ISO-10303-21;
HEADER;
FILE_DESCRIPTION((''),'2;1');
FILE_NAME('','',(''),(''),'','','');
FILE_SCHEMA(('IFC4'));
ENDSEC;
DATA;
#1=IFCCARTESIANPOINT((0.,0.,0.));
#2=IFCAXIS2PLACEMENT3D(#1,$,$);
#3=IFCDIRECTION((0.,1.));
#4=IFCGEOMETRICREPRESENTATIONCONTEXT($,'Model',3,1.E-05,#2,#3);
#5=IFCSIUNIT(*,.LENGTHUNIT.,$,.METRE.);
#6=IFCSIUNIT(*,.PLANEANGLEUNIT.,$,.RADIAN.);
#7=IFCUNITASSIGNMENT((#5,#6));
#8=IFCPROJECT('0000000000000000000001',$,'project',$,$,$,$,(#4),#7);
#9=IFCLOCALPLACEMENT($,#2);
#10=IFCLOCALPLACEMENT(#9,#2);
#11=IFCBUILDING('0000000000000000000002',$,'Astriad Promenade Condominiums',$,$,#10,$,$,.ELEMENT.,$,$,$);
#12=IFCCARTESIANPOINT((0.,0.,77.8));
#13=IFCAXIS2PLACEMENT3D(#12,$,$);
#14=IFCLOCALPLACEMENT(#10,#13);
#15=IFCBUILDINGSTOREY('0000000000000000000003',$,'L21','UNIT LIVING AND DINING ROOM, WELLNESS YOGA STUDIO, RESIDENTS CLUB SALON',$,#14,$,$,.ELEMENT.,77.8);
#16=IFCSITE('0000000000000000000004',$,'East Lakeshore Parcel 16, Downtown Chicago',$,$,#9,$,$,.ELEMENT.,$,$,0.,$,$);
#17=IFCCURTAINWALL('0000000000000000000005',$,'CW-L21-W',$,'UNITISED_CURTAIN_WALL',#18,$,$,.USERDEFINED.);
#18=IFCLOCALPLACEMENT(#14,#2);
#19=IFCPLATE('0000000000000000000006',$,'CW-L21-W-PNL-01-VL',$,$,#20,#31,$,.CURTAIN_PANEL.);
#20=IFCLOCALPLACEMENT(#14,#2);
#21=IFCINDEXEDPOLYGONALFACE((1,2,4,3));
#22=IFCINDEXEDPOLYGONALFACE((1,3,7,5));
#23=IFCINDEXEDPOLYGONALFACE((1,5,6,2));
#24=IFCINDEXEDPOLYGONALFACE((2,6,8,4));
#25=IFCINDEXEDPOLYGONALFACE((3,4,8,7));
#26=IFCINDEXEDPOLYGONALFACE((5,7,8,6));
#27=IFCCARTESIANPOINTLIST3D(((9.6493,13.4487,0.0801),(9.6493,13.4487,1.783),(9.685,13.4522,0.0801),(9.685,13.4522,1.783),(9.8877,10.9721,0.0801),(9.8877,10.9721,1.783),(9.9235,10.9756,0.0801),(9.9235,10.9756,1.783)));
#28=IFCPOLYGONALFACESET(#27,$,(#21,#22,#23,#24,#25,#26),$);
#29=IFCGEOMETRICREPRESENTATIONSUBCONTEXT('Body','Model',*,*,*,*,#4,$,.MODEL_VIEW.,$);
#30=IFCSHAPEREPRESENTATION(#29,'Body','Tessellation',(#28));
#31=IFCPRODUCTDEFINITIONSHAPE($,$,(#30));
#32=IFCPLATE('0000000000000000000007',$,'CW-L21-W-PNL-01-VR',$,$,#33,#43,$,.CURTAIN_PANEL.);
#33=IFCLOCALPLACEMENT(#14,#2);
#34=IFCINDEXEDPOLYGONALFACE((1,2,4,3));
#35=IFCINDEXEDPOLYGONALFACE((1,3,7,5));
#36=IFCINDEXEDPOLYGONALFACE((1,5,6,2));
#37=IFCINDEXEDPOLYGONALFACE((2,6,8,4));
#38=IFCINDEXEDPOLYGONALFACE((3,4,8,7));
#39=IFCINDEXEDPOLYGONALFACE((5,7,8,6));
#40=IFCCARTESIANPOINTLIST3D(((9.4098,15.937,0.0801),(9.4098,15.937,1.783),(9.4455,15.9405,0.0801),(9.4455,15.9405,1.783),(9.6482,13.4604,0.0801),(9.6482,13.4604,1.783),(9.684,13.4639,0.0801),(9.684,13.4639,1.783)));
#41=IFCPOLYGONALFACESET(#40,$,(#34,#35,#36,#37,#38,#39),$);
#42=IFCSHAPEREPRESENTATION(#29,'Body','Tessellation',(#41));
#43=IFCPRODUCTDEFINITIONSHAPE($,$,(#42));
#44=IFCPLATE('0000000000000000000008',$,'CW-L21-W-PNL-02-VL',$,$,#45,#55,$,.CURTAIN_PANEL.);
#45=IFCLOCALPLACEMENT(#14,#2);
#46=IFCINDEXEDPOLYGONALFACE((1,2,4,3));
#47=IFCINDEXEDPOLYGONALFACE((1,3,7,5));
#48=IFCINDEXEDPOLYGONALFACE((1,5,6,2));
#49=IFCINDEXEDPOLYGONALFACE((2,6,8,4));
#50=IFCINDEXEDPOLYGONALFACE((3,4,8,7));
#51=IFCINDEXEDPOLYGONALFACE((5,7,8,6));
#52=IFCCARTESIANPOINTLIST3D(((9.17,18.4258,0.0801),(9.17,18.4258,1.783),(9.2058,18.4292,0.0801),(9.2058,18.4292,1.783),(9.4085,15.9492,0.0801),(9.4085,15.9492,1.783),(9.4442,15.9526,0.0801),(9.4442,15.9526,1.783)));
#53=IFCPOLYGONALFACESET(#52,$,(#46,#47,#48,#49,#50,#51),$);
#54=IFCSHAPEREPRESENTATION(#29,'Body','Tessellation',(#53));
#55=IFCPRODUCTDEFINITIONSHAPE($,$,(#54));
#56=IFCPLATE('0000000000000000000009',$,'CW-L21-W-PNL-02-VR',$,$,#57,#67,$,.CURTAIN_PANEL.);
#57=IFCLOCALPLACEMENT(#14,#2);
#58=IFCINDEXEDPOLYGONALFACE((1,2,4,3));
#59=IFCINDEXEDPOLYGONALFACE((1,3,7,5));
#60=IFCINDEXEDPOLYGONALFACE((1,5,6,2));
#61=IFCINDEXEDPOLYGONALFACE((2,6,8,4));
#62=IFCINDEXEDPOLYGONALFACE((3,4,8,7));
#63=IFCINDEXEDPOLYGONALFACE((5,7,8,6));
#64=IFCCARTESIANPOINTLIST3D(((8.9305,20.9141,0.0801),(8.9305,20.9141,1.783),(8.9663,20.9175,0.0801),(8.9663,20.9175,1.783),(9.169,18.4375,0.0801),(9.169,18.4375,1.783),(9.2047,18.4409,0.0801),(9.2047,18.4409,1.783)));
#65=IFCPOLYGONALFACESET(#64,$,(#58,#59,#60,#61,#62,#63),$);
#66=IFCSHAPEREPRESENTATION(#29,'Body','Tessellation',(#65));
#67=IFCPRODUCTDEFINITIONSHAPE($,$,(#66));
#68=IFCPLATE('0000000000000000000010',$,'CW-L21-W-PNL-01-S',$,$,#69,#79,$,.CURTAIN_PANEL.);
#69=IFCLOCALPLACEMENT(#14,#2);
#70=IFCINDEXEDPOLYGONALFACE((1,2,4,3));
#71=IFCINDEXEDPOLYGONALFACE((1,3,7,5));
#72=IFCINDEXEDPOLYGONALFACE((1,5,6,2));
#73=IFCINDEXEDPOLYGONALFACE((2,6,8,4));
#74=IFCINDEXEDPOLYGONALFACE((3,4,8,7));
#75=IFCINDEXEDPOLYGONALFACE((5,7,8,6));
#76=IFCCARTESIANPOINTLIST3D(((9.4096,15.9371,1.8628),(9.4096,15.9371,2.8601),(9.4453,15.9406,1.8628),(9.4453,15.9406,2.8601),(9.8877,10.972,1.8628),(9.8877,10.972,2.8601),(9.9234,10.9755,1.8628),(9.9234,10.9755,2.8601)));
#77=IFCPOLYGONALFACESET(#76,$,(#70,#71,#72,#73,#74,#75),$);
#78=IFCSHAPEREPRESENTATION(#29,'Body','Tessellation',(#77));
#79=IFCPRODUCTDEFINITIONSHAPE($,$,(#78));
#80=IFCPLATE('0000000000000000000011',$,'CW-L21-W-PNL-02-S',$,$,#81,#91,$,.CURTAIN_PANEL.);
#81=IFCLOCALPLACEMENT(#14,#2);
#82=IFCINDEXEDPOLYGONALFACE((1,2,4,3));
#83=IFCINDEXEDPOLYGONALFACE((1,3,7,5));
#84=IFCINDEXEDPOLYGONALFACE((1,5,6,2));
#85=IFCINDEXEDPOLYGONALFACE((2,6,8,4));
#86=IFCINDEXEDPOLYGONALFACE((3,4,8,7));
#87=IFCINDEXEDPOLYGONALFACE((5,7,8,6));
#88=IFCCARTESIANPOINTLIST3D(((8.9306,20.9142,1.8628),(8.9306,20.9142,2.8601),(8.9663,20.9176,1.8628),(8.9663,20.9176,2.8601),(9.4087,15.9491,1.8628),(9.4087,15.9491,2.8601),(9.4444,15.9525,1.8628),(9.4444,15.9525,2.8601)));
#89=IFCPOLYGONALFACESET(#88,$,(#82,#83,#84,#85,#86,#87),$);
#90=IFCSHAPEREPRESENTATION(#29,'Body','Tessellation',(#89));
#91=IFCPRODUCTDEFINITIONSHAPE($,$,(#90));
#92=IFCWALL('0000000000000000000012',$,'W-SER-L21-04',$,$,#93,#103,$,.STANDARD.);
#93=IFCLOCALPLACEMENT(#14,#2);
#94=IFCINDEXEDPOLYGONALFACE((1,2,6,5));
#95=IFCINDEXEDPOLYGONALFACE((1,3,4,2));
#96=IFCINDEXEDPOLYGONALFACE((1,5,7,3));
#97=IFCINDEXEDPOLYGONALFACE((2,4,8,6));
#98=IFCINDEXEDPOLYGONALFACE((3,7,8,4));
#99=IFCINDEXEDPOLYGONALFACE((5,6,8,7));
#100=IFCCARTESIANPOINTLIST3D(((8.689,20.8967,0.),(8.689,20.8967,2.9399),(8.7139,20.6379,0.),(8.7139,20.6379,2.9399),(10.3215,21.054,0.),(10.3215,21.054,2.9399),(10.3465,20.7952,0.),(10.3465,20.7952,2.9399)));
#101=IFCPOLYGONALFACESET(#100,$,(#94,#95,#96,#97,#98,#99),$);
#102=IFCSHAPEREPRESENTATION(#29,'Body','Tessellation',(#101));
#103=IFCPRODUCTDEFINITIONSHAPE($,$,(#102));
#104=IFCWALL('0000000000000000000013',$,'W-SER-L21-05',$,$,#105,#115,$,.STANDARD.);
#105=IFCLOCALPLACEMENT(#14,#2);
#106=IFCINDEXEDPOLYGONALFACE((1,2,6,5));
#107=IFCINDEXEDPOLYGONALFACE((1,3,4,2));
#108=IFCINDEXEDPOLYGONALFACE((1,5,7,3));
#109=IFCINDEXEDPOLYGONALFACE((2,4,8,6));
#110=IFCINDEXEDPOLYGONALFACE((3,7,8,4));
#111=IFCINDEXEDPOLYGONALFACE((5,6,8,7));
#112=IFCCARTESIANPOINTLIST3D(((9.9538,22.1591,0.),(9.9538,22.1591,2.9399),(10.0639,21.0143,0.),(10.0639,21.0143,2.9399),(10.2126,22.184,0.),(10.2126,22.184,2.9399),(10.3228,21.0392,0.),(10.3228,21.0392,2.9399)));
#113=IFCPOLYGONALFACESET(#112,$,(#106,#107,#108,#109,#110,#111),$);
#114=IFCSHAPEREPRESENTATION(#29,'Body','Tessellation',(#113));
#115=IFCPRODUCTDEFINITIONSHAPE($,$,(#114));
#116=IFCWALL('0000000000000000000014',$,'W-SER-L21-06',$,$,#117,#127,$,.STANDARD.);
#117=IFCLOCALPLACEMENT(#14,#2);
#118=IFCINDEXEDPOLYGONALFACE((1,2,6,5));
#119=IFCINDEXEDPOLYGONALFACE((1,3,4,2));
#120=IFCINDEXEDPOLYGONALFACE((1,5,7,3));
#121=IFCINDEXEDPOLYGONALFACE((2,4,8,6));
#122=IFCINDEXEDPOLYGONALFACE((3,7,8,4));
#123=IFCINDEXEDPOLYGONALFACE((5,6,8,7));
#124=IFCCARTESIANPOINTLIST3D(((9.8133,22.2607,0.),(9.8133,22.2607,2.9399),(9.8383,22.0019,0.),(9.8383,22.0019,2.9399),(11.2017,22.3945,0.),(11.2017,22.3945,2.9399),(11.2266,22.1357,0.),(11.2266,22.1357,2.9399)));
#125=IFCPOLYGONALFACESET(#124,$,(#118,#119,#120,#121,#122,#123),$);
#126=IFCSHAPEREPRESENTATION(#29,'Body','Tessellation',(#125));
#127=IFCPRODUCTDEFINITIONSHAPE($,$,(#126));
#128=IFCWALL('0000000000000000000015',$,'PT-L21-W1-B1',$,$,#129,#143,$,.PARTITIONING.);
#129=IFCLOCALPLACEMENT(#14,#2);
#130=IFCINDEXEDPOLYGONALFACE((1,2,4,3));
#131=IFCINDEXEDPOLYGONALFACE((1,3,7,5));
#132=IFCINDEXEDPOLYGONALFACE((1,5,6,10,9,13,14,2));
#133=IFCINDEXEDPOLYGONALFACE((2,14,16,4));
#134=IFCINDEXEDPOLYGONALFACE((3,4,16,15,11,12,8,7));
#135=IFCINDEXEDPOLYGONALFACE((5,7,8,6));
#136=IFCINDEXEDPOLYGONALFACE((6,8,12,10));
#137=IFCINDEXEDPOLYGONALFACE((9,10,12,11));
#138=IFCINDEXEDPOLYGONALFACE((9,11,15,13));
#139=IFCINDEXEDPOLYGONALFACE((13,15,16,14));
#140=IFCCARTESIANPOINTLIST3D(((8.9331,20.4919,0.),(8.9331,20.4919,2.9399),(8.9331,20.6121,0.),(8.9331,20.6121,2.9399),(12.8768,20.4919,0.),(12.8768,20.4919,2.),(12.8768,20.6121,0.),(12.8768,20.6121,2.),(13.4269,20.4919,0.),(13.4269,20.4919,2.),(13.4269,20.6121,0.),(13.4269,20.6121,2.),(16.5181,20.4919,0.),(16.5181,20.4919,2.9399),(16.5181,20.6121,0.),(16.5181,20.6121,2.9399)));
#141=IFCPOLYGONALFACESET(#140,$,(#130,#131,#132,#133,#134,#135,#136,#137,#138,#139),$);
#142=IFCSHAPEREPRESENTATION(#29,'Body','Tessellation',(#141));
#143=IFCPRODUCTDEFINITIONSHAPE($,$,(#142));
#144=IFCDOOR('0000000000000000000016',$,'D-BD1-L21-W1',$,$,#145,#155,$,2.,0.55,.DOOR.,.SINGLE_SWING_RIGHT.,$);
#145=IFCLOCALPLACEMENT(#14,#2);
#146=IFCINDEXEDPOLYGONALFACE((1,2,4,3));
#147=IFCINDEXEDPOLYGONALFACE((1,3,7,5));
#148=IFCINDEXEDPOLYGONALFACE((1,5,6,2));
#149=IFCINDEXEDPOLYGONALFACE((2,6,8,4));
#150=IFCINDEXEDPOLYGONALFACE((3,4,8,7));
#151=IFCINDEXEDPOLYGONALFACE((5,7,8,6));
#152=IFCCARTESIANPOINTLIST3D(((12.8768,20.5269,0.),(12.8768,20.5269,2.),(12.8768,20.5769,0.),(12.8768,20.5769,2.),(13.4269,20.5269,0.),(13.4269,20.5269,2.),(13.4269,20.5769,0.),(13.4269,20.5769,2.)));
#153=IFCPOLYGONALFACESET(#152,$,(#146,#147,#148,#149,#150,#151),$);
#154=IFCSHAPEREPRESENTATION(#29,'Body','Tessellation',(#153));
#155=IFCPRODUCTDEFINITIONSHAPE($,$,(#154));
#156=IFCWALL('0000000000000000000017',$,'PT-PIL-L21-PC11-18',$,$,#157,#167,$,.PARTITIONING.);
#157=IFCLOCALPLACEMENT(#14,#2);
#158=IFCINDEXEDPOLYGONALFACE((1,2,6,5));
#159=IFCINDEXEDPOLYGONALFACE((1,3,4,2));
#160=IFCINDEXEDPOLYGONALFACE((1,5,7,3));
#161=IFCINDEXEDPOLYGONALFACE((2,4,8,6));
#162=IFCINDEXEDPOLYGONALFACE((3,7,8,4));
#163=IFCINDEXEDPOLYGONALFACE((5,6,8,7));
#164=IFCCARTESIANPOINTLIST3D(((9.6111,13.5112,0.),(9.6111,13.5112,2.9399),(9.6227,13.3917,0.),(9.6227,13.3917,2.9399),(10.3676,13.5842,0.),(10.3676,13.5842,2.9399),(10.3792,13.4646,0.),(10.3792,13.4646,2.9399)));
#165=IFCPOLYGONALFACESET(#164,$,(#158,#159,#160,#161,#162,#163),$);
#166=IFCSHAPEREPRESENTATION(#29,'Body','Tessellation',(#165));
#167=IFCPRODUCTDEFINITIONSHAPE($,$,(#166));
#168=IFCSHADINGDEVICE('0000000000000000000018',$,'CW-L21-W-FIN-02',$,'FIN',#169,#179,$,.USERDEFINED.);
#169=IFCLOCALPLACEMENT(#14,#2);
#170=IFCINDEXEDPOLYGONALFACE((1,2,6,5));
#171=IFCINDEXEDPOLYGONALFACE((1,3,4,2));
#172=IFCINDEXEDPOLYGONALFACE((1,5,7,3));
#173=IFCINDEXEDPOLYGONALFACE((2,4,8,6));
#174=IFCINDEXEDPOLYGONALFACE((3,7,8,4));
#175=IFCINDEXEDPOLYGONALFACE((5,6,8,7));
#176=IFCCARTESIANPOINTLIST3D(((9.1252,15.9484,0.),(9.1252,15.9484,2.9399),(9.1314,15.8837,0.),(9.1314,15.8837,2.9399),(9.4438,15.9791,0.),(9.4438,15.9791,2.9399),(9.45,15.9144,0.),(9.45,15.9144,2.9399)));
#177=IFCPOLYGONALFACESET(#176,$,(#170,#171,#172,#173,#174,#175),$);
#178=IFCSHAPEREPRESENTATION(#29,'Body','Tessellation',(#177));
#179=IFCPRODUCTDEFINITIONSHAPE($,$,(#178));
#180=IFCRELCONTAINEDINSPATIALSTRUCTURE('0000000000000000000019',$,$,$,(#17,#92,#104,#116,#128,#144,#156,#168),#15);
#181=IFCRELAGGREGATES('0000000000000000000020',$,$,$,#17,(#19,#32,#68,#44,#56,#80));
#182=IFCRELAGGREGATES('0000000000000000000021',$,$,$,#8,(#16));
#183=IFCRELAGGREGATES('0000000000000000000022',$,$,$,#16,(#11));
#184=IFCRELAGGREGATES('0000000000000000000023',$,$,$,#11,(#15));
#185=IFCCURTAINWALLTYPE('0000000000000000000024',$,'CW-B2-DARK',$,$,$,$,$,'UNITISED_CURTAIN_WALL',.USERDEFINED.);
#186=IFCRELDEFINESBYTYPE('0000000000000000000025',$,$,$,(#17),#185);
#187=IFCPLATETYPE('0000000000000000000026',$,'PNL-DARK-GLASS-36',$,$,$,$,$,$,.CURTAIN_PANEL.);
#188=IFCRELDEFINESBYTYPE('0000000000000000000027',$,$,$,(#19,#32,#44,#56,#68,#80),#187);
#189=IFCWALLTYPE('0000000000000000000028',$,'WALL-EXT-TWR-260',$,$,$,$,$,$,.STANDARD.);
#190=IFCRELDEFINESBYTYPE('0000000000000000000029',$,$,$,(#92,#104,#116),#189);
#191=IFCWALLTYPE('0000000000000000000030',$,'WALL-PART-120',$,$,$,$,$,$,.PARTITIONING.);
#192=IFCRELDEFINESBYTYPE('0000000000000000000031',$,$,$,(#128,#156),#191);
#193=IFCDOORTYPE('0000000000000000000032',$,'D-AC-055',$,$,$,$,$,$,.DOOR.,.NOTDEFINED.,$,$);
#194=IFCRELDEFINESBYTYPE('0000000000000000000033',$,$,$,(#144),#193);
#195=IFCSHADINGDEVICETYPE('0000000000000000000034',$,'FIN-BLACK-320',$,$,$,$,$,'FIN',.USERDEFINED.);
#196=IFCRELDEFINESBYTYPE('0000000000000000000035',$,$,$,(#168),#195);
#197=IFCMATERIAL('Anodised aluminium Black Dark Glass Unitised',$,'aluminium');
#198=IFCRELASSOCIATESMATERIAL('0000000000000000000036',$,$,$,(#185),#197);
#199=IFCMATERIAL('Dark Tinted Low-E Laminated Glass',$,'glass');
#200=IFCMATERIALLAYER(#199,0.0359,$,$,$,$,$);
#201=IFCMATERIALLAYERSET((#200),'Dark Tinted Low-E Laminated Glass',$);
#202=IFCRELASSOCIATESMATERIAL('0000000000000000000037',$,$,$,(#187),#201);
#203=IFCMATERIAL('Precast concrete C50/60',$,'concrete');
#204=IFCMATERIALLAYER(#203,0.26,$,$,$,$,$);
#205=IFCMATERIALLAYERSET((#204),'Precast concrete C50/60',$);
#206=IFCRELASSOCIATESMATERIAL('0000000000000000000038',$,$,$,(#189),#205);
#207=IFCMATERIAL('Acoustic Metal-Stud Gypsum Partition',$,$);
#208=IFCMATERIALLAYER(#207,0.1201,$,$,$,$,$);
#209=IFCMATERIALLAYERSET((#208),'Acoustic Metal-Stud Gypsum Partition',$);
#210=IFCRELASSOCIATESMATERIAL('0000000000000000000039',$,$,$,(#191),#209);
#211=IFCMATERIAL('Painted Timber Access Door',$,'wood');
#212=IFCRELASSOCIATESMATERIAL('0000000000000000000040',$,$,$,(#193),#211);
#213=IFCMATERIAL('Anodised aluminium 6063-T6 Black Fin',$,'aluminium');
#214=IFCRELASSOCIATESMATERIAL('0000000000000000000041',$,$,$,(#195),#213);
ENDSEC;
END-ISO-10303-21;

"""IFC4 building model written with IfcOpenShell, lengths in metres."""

from ifc_helpers import new_model, si_unit, direction, frame, frame_2d, origin, origin_2d, place, context, subcontext, project, spatial, rectangle, extrude, source, transform, mapped, material, layer, layer_set, type_object, type_shapes, element, fill, aggregate, save


model = new_model("IFC4")

# Units and contexts
model_context = context("Model", 3, precision=1e-05, world=origin(), true_north=direction((0.0, 1.0)))
body_context = subcontext(model_context, "Body", "Model", "MODEL_VIEW")
ifc_project = project(units=[si_unit("LENGTHUNIT", "METRE"), si_unit("PLANEANGLEUNIT", "RADIAN")], contexts=[model_context])

# Site, building, storey
site_placement = place(None, origin())
site = spatial("IfcSite", under=ifc_project, at=site_placement, Name="East Lakeshore Parcel 16, Downtown Chicago", CompositionType="ELEMENT", RefElevation=0.0)
building_placement = place(site_placement, origin())
building = spatial("IfcBuilding", under=site, at=building_placement, Name="Astriad Promenade Condominiums", CompositionType="ELEMENT")
storey_placement = place(building_placement, frame((0.0, 0.0, 77.8)))
storey = spatial("IfcBuildingStorey", under=building, at=storey_placement, Name="L21", Description="UNIT LIVING AND DINING ROOM, WELLNESS YOGA STUDIO, RESIDENTS CLUB SALON", CompositionType="ELEMENT", Elevation=77.8)

# Curtain wall, plates
ifc_material_1 = material(Name="Anodised aluminium Black Dark Glass Unitised", Category="aluminium")
curtain_wall_type = type_object("IfcCurtainWallType", Name="CW-B2-DARK", ElementType="UNITISED_CURTAIN_WALL", PredefinedType="USERDEFINED", material=ifc_material_1)
curtain_wall_placement = place(storey_placement, origin())
curtain_wall = element("IfcCurtainWall", 1, at=curtain_wall_placement, inside=storey, type_object=curtain_wall_type, Name="CW-L21-W", ObjectType="UNITISED_CURTAIN_WALL", PredefinedType="USERDEFINED")
ifc_material_2 = material(Name="Dark Tinted Low-E Laminated Glass", Category="glass")
ifc_layer_1 = layer(ifc_material_2, 0.0359)
ifc_layer_set_1 = layer_set([ifc_layer_1], Name="Dark Tinted Low-E Laminated Glass")
plate_type = type_object("IfcPlateType", Name="PNL-DARK-GLASS-36", PredefinedType="CURTAIN_PANEL", material=ifc_layer_set_1)
shared_shape_1 = source(origin(), body_context, "Body", "SweptSolid", [
    extrude(rectangle(XDim=2.488, YDim=0.0359, at=origin_2d()), origin(), (0.0, 0.0, 1.0), 1.7029),
])
plate_1_placement = place(storey_placement, frame((9.7864, 12.2122, 0.0801), z_axis=(0.0, 0.0, 1.0), x_axis=(-0.095846, 0.995396, 0.0)))
plate_1 = element("IfcPlate", 2, at=plate_1_placement, type_object=plate_type, Name="CW-L21-W-PNL-01-VL", PredefinedType="CURTAIN_PANEL", context=body_context, shape_type="MappedRepresentation", body=[
    mapped(shared_shape_1, transform((0.0, 0.0, 0.0), scale=1.0)),
])
plate_2_placement = place(storey_placement, frame((9.5469, 14.7004, 0.0801), z_axis=(0.0, 0.0, 1.0), x_axis=(-0.095846, 0.995396, 0.0)))
plate_2 = element("IfcPlate", 3, at=plate_2_placement, type_object=plate_type, Name="CW-L21-W-PNL-01-VR", PredefinedType="CURTAIN_PANEL", context=body_context, shape_type="MappedRepresentation", body=[
    mapped(shared_shape_1, transform((0.0, 0.0, 0.0), scale=1.0)),
])
plate_3_placement = place(storey_placement, frame((9.3071, 17.1892, 0.0801), z_axis=(0.0, 0.0, 1.0), x_axis=(-0.095846, 0.995396, 0.0)))
plate_3 = element("IfcPlate", 4, at=plate_3_placement, type_object=plate_type, Name="CW-L21-W-PNL-02-VL", PredefinedType="CURTAIN_PANEL", context=body_context, shape_type="MappedRepresentation", body=[
    mapped(shared_shape_1, transform((0.0, 0.0, 0.0), scale=1.0)),
])
plate_4_placement = place(storey_placement, frame((9.0676, 19.6775, 0.0801), z_axis=(0.0, 0.0, 1.0), x_axis=(-0.095846, 0.995396, 0.0)))
plate_4 = element("IfcPlate", 5, at=plate_4_placement, type_object=plate_type, Name="CW-L21-W-PNL-02-VR", PredefinedType="CURTAIN_PANEL", context=body_context, shape_type="MappedRepresentation", body=[
    mapped(shared_shape_1, transform((0.0, 0.0, 0.0), scale=1.0)),
])
shared_shape_2 = source(origin(), body_context, "Body", "SweptSolid", [
    extrude(rectangle(XDim=4.988, YDim=0.0359, at=origin_2d()), origin(), (0.0, 0.0, 1.0), 0.9973),
])
type_shapes(plate_type, [shared_shape_1, shared_shape_2])
plate_5_placement = place(storey_placement, frame((9.6665, 13.4563, 1.8628), z_axis=(0.0, 0.0, 1.0), x_axis=(-0.095846, 0.995396, 0.0)))
plate_5 = element("IfcPlate", 6, at=plate_5_placement, type_object=plate_type, Name="CW-L21-W-PNL-01-S", PredefinedType="CURTAIN_PANEL", context=body_context, shape_type="MappedRepresentation", body=[
    mapped(shared_shape_2, transform((0.0, 0.0, 0.0), scale=1.0)),
])
plate_6_placement = place(storey_placement, frame((9.1875, 18.4333, 1.8628), z_axis=(0.0, 0.0, 1.0), x_axis=(-0.095846, 0.995396, 0.0)))
plate_6 = element("IfcPlate", 7, at=plate_6_placement, type_object=plate_type, Name="CW-L21-W-PNL-02-S", PredefinedType="CURTAIN_PANEL", context=body_context, shape_type="MappedRepresentation", body=[
    mapped(shared_shape_2, transform((0.0, 0.0, 0.0), scale=1.0)),
])
aggregate(curtain_wall, [plate_1, plate_2, plate_5, plate_3, plate_4, plate_6])

# Walls
ifc_material_3 = material(Name="Precast concrete C50/60", Category="concrete")
ifc_layer_2 = layer(ifc_material_3, 0.26)
ifc_layer_set_2 = layer_set([ifc_layer_2], Name="Precast concrete C50/60")
wall_type_1 = type_object("IfcWallType", Name="WALL-EXT-TWR-260", PredefinedType="STANDARD", material=ifc_layer_set_2)
wall_1_placement = place(storey_placement, frame((8.7014, 20.7673, 0.0), z_axis=(0.0, 0.0, 1.0), x_axis=(0.995395, 0.095863, 0.0)))
element("IfcWall", 8, at=wall_1_placement, inside=storey, type_object=wall_type_1, Name="W-SER-L21-04", PredefinedType="STANDARD", context=body_context, shape_type="SweptSolid", body=[
    extrude(rectangle(XDim=1.6401, YDim=0.26, at=frame_2d((0.8201, 0.0))), origin(), (0.0, 0.0, 1.0), 2.9399),
])
wall_2_placement = place(storey_placement, frame((10.1934, 21.0266, 0.0), z_axis=(0.0, 0.0, 1.0), x_axis=(-0.095741, 0.995406, 0.0)))
element("IfcWall", 9, at=wall_2_placement, inside=storey, type_object=wall_type_1, Name="W-SER-L21-05", PredefinedType="STANDARD", context=body_context, shape_type="SweptSolid", body=[
    extrude(rectangle(XDim=1.1501, YDim=0.26, at=frame_2d((0.5752, 0.0))), origin(), (0.0, 0.0, 1.0), 2.9399),
])
wall_3_placement = place(storey_placement, frame((9.8259, 22.1313, 0.0), z_axis=(0.0, 0.0, 1.0), x_axis=(0.995389, 0.095916, 0.0)))
element("IfcWall", 10, at=wall_3_placement, inside=storey, type_object=wall_type_1, Name="W-SER-L21-06", PredefinedType="STANDARD", context=body_context, shape_type="SweptSolid", body=[
    extrude(rectangle(XDim=1.3948, YDim=0.26, at=frame_2d((0.6973, 0.0))), origin(), (0.0, 0.0, 1.0), 2.9399),
])

# Wall, opening, door
ifc_material_4 = material(Name="Acoustic Metal-Stud Gypsum Partition")
ifc_layer_3 = layer(ifc_material_4, 0.1201)
ifc_layer_set_3 = layer_set([ifc_layer_3], Name="Acoustic Metal-Stud Gypsum Partition")
wall_type_2 = type_object("IfcWallType", Name="WALL-PART-120", PredefinedType="PARTITIONING", material=ifc_layer_set_3)
wall_4_placement = place(storey_placement, frame((8.9331, 20.552, 0.0), z_axis=(0.0, 0.0, 1.0), x_axis=(1.0, 0.0, 0.0)))
wall_4 = element("IfcWall", 11, at=wall_4_placement, inside=storey, type_object=wall_type_2, Name="PT-L21-W1-B1", PredefinedType="PARTITIONING", context=body_context, shape_type="SweptSolid", body=[
    extrude(rectangle(XDim=7.585, YDim=0.1201, at=frame_2d((3.7925, 0.0))), origin(), (0.0, 0.0, 1.0), 2.9399),
])
opening_placement = place(wall_4_placement, frame((3.9438, 0.0, 0.0)))
opening = element("IfcOpeningElement", 12, at=opening_placement, cuts=wall_4, PredefinedType="OPENING", context=body_context, shape_type="SweptSolid", body=[
    extrude(rectangle(XDim=0.55, YDim=2.0, at=frame_2d((0.2749, 1.0))), frame((0.0, 0.0701, 0.0), z_axis=(0.0, -1.0, 0.0), x_axis=(1.0, 0.0, 0.0)), (0.0, 0.0, 1.0), 0.1401),
])
ifc_material_5 = material(Name="Painted Timber Access Door", Category="wood")
door_type = type_object("IfcDoorType", Name="D-AC-055", OperationType="NOTDEFINED", PredefinedType="DOOR", material=ifc_material_5)
shared_shape_3 = source(origin(), body_context, "Body", "SweptSolid", [
    extrude(rectangle(XDim=0.55, YDim=2.0, at=frame_2d((0.2749, 1.0))), frame((0.0, 0.0249, 0.0), z_axis=(0.0, -1.0, 0.0), x_axis=(1.0, 0.0, 0.0)), (0.0, 0.0, 1.0), 0.05),
])
type_shapes(door_type, [shared_shape_3])
door_placement = place(opening_placement, origin())
door = element("IfcDoor", 13, at=door_placement, inside=storey, type_object=door_type, Name="D-BD1-L21-W1", OperationType="SINGLE_SWING_RIGHT", OverallHeight=2.0, OverallWidth=0.55, PredefinedType="DOOR", context=body_context, shape_type="MappedRepresentation", body=[
    mapped(shared_shape_3, transform((0.0, 0.0, 0.0), scale=1.0)),
])
fill(opening, door)

# Wall
wall_5_placement = place(storey_placement, frame((10.3733, 13.5244, 0.0), z_axis=(0.0, 0.0, 1.0), x_axis=(-0.995378, -0.096037, 0.0)))
element("IfcWall", 14, at=wall_5_placement, inside=storey, type_object=wall_type_2, Name="PT-PIL-L21-PC11-18", PredefinedType="PARTITIONING", context=body_context, shape_type="SweptSolid", body=[
    extrude(rectangle(XDim=0.76, YDim=0.1201, at=frame_2d((0.3799, 0.0))), origin(), (0.0, 0.0, 1.0), 2.9399),
])

# Shading device
ifc_material_6 = material(Name="Anodised aluminium 6063-T6 Black Fin", Category="aluminium")
shading_device_type = type_object("IfcShadingDeviceType", Name="FIN-BLACK-320", ElementType="FIN", PredefinedType="USERDEFINED", material=ifc_material_6)
shared_shape_4 = source(origin(), body_context, "Body", "SweptSolid", [
    extrude(rectangle(XDim=0.0649, YDim=0.3201, at=origin_2d()), origin(), (0.0, 0.0, 1.0), 2.9399),
])
type_shapes(shading_device_type, [shared_shape_4])
shading_device_placement = place(storey_placement, frame((9.2876, 15.9314, 0.0), z_axis=(0.0, 0.0, 1.0), x_axis=(-0.095846, 0.995396, 0.0)))
element("IfcShadingDevice", 15, at=shading_device_placement, inside=storey, type_object=shading_device_type, Name="CW-L21-W-FIN-02", ObjectType="FIN", PredefinedType="USERDEFINED", context=body_context, shape_type="MappedRepresentation", body=[
    mapped(shared_shape_4, transform((0.0, 0.0, 0.0), scale=1.0)),
])

save(model, "model.ifc")
